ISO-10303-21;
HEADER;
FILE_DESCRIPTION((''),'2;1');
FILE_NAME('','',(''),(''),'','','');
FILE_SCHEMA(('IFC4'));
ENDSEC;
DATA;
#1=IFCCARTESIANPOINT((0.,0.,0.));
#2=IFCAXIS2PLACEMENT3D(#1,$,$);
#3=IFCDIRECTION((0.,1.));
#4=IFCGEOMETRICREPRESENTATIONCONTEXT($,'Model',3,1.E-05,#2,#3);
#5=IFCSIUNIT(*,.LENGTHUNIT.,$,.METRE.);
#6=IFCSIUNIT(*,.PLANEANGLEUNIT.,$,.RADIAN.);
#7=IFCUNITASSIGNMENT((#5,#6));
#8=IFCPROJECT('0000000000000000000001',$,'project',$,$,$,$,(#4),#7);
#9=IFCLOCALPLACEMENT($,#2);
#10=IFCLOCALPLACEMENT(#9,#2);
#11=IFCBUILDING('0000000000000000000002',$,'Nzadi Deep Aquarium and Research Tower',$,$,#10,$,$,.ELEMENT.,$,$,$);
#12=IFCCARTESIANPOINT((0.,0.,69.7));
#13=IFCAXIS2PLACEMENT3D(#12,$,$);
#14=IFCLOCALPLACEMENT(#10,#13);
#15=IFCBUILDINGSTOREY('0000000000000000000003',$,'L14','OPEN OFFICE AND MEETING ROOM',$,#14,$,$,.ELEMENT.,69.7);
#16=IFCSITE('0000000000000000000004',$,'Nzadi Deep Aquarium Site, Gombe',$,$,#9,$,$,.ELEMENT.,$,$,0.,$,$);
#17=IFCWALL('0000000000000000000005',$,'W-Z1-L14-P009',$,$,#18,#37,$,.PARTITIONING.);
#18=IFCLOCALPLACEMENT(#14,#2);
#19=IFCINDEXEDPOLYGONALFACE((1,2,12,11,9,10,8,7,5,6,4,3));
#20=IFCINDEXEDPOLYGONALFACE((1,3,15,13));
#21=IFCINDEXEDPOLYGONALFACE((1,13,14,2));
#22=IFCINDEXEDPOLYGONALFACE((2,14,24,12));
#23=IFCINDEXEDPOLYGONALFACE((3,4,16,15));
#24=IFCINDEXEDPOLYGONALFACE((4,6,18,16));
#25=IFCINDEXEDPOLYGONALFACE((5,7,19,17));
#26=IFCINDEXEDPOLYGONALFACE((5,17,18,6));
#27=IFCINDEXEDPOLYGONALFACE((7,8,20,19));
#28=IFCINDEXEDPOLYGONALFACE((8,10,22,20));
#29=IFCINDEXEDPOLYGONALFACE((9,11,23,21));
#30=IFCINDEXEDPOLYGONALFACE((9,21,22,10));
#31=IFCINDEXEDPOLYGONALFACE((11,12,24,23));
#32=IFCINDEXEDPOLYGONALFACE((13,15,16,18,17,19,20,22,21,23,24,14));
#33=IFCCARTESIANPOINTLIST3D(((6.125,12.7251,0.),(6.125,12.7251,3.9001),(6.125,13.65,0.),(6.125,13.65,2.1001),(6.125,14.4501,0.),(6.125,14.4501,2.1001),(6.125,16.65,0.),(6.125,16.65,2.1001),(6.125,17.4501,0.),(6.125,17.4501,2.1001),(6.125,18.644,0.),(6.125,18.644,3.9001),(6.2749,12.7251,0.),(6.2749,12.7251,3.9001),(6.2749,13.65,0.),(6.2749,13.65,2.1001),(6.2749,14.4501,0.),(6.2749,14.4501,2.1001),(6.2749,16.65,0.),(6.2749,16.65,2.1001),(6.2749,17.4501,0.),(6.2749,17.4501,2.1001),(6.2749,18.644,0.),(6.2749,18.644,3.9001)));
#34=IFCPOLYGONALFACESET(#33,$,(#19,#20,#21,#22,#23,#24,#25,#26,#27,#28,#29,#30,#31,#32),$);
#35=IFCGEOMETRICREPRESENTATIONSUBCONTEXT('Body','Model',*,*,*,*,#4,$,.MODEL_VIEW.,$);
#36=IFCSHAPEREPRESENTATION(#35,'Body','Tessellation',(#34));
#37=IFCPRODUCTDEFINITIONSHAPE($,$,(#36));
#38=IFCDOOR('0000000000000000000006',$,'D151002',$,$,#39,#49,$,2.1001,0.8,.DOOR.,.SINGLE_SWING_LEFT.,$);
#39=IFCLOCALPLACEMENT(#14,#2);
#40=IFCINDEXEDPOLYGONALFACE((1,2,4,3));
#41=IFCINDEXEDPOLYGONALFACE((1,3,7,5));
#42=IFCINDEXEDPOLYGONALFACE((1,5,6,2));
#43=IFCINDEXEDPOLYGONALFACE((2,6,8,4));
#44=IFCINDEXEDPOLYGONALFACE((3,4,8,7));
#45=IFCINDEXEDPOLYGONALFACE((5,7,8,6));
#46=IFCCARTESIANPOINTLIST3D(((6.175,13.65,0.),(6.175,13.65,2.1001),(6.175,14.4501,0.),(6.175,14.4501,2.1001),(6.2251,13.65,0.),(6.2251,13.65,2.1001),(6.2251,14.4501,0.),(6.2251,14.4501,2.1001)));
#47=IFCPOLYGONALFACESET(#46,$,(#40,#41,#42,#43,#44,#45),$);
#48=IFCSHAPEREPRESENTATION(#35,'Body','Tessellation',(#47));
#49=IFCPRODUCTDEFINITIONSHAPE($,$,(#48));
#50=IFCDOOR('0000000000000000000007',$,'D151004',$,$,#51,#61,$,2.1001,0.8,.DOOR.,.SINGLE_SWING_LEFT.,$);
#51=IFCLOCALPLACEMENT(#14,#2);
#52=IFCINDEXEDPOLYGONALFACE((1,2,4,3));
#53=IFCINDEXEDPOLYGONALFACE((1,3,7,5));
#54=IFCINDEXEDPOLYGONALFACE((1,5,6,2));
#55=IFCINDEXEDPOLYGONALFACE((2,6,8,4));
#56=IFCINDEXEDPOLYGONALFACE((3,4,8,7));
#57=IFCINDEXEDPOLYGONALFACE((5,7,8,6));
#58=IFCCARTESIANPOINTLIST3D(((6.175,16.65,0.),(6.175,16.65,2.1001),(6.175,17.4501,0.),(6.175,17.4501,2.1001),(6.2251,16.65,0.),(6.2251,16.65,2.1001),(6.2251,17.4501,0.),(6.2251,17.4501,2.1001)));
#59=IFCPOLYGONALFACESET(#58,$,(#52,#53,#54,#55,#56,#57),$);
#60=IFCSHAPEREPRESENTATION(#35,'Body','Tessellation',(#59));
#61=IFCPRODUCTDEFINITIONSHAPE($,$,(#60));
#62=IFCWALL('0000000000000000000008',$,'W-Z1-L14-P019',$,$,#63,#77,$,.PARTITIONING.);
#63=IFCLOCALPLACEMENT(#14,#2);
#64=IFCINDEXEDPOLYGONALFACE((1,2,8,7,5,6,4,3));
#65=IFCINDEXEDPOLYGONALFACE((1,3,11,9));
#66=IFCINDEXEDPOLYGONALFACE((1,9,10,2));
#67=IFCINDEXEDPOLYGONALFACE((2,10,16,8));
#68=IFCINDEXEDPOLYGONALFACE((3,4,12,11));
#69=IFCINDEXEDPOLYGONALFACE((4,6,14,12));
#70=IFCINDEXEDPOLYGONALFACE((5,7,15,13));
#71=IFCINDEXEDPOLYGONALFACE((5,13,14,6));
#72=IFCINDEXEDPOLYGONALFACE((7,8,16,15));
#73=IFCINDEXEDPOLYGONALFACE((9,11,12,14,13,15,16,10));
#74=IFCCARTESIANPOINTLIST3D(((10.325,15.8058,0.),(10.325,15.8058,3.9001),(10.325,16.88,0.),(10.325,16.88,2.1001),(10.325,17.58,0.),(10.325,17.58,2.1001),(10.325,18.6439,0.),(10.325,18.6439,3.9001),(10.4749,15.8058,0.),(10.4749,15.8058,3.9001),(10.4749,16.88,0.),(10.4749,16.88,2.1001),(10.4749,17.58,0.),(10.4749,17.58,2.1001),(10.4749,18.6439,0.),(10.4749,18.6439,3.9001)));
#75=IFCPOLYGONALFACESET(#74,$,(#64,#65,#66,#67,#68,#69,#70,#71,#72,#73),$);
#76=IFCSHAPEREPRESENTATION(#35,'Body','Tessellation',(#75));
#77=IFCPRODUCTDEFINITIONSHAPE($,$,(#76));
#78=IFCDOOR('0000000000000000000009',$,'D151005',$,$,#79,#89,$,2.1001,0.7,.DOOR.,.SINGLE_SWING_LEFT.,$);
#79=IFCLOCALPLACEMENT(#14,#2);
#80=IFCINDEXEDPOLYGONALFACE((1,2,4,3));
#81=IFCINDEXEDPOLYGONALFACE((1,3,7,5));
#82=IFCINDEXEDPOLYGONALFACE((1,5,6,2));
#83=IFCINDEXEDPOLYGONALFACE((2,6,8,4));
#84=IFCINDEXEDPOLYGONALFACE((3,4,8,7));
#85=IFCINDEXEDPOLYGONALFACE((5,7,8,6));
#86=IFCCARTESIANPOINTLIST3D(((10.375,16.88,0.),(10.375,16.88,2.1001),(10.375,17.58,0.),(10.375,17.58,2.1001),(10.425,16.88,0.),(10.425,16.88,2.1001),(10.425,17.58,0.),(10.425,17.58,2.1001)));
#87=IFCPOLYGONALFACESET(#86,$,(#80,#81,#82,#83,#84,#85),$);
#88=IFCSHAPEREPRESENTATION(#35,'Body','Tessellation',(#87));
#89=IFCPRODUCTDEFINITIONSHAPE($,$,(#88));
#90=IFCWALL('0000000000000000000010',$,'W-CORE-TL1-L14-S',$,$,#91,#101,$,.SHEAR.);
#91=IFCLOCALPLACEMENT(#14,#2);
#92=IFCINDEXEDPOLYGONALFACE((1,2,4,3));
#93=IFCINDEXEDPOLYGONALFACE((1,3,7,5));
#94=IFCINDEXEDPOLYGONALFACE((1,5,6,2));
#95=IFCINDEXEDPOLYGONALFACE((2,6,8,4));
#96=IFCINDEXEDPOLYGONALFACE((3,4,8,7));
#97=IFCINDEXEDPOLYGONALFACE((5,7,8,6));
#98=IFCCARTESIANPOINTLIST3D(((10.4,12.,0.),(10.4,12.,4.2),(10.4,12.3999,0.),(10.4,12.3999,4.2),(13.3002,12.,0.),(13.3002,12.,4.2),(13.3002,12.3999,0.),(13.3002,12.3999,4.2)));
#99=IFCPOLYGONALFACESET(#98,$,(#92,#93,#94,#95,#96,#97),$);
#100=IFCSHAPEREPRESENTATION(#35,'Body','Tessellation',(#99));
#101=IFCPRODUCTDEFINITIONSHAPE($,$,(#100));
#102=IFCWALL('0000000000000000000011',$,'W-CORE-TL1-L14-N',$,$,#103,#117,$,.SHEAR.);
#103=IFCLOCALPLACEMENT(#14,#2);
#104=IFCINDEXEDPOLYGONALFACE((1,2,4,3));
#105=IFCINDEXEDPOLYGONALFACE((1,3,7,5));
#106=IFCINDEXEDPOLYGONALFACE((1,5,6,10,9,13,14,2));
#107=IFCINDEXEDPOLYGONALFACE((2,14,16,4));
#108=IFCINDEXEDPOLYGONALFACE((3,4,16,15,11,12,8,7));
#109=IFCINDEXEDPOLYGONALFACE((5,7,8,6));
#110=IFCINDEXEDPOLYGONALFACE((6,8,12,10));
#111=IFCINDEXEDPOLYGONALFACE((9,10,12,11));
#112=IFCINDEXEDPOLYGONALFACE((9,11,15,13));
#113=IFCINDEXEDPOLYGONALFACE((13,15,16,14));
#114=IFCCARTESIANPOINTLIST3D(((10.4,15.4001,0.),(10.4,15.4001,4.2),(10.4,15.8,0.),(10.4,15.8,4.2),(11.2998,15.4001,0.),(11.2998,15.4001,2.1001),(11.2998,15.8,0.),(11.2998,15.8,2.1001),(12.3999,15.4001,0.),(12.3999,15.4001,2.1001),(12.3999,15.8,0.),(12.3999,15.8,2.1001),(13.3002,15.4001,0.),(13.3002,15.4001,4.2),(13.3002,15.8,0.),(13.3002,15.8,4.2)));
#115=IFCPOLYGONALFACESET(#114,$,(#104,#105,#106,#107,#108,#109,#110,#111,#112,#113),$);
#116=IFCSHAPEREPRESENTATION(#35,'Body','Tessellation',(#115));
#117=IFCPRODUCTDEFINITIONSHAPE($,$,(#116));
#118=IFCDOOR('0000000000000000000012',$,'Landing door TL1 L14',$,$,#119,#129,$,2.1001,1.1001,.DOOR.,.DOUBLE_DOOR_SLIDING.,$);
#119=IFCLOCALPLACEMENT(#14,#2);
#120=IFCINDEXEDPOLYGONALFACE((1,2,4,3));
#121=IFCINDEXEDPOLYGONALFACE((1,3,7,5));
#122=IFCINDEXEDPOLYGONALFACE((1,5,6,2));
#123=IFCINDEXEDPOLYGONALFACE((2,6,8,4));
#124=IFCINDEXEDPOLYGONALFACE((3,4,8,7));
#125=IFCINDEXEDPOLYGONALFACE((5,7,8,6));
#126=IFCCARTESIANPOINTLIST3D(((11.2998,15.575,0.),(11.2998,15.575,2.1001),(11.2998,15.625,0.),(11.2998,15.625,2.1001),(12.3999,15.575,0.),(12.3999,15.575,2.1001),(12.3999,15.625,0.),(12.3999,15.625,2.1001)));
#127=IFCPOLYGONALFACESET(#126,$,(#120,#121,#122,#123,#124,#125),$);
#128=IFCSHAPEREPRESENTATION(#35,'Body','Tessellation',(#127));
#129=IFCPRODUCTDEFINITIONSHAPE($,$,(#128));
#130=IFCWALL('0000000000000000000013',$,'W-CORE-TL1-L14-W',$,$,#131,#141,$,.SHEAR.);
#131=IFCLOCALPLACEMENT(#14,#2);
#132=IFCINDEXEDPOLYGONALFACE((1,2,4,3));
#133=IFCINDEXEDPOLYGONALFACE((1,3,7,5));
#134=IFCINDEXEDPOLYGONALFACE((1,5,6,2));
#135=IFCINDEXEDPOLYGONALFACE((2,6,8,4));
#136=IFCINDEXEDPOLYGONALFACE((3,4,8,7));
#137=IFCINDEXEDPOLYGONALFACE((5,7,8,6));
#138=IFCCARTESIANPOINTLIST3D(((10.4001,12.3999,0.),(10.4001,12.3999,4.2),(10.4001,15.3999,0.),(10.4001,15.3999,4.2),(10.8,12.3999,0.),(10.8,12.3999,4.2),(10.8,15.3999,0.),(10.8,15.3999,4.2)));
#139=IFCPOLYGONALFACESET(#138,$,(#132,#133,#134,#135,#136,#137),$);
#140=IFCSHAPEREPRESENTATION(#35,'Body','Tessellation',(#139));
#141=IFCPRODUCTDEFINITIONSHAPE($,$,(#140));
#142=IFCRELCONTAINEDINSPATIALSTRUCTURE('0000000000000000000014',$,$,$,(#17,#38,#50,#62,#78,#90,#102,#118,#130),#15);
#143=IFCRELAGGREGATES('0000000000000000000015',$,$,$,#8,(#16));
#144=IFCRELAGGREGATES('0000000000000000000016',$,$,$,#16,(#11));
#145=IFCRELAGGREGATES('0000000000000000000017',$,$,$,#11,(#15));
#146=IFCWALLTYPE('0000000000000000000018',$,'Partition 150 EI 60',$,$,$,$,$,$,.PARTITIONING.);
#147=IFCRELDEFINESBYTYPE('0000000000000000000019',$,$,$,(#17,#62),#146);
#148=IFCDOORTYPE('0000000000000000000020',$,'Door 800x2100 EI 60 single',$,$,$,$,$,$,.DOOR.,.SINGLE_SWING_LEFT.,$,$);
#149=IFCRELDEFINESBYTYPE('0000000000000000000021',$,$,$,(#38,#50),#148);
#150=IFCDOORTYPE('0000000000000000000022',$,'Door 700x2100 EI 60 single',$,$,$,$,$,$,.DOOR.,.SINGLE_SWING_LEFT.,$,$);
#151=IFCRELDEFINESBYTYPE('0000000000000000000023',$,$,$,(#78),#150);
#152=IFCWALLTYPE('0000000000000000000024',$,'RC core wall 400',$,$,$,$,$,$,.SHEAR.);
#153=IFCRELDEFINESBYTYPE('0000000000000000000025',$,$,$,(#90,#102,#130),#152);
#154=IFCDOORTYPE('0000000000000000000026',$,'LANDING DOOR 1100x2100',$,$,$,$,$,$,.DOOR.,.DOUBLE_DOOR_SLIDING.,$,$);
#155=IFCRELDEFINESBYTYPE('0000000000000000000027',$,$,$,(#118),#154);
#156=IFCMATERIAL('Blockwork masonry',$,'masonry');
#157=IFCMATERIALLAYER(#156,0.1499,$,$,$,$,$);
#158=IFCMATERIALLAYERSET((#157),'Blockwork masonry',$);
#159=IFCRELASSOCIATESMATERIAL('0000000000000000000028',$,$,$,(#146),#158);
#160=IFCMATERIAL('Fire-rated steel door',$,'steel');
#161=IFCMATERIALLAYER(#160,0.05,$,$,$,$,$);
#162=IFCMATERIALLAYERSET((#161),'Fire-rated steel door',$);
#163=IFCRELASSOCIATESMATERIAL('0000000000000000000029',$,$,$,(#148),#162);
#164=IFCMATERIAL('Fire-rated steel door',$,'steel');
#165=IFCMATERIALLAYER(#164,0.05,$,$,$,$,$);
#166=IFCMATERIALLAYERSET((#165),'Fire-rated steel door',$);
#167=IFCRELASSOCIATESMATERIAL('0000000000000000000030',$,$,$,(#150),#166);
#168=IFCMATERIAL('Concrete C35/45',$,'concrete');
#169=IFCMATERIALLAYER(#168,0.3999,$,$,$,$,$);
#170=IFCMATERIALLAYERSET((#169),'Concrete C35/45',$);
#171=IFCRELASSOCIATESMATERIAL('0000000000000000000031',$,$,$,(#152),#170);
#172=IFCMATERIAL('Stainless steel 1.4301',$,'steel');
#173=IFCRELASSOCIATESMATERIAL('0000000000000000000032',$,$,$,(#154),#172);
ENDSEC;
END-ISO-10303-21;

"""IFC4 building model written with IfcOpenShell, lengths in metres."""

from ifc_helpers import new_model, si_unit, direction, frame, frame_2d, origin, place, context, subcontext, project, spatial, rectangle, extrude, material, layer, layer_set, type_object, element, fill, save


model = new_model("IFC4")

# Units and contexts
model_context = context("Model", 3, precision=1e-05, world=origin(), true_north=direction((0.0, 1.0)))
body_context = subcontext(model_context, "Body", "Model", "MODEL_VIEW")
ifc_project = project(units=[si_unit("LENGTHUNIT", "METRE"), si_unit("PLANEANGLEUNIT", "RADIAN")], contexts=[model_context])

# Site, building, storey
site_placement = place(None, origin())
site = spatial("IfcSite", under=ifc_project, at=site_placement, Name="Nzadi Deep Aquarium Site, Gombe", CompositionType="ELEMENT", RefElevation=0.0)
building_placement = place(site_placement, origin())
building = spatial("IfcBuilding", under=site, at=building_placement, Name="Nzadi Deep Aquarium and Research Tower", CompositionType="ELEMENT")
storey_placement = place(building_placement, frame((0.0, 0.0, 69.7)))
storey = spatial("IfcBuildingStorey", under=building, at=storey_placement, Name="L14", Description="OPEN OFFICE AND MEETING ROOM", CompositionType="ELEMENT", Elevation=69.7)

# Shared definitions
ifc_material_1 = material(Name="Blockwork masonry", Category="masonry")
ifc_layer_1 = layer(ifc_material_1, 0.1499)
ifc_layer_set_1 = layer_set([ifc_layer_1], Name="Blockwork masonry")
wall_type_1 = type_object("IfcWallType", Name="Partition 150 EI 60", PredefinedType="PARTITIONING", material=ifc_layer_set_1)

# Wall, openings, doors
wall_1_placement = place(storey_placement, frame((6.2, 12.7251, 0.0), z_axis=(0.0, 0.0, 1.0), x_axis=(0.0, 1.0, 0.0)))
wall_1 = element("IfcWall", 1, at=wall_1_placement, inside=storey, type_object=wall_type_1, Name="W-Z1-L14-P009", PredefinedType="PARTITIONING", context=body_context, shape_type="SweptSolid", body=[
    extrude(rectangle(XDim=5.9189, YDim=0.1499, at=frame_2d((2.9595, 0.0))), origin(), (0.0, 0.0, 1.0), 3.9001),
])
opening_1_placement = place(wall_1_placement, frame((0.925, 0.0, 0.0)))
opening_1 = element("IfcOpeningElement", 2, at=opening_1_placement, cuts=wall_1, PredefinedType="OPENING", context=body_context, shape_type="SweptSolid", body=[
    extrude(rectangle(XDim=0.8, YDim=2.1001, at=frame_2d((0.3999, 1.05))), frame((0.0, 0.085, 0.0), z_axis=(0.0, -1.0, 0.0), x_axis=(1.0, 0.0, 0.0)), (0.0, 0.0, 1.0), 0.1699),
])
opening_2_placement = place(wall_1_placement, frame((3.925, 0.0, 0.0)))
opening_2 = element("IfcOpeningElement", 3, at=opening_2_placement, cuts=wall_1, PredefinedType="OPENING", context=body_context, shape_type="SweptSolid", body=[
    extrude(rectangle(XDim=0.8, YDim=2.1001, at=frame_2d((0.3999, 1.05))), frame((0.0, 0.085, 0.0), z_axis=(0.0, -1.0, 0.0), x_axis=(1.0, 0.0, 0.0)), (0.0, 0.0, 1.0), 0.1699),
])
ifc_material_2 = material(Name="Fire-rated steel door", Category="steel")
ifc_layer_2 = layer(ifc_material_2, 0.05)
ifc_layer_set_2 = layer_set([ifc_layer_2], Name="Fire-rated steel door")
door_type_1 = type_object("IfcDoorType", Name="Door 800x2100 EI 60 single", OperationType="SINGLE_SWING_LEFT", PredefinedType="DOOR", material=ifc_layer_set_2)
door_1_placement = place(opening_1_placement, origin())
door_1 = element("IfcDoor", 4, at=door_1_placement, inside=storey, type_object=door_type_1, Name="D151002", OperationType="SINGLE_SWING_LEFT", OverallHeight=2.1001, OverallWidth=0.8, PredefinedType="DOOR", context=body_context, shape_type="SweptSolid", body=[
    extrude(rectangle(XDim=0.8, YDim=2.1001, at=frame_2d((0.3999, 1.05))), frame((0.0, 0.0249, 0.0), z_axis=(0.0, -1.0, 0.0), x_axis=(1.0, 0.0, 0.0)), (0.0, 0.0, 1.0), 0.05),
])
fill(opening_1, door_1)
door_2_placement = place(opening_2_placement, origin())
door_2 = element("IfcDoor", 5, at=door_2_placement, inside=storey, type_object=door_type_1, Name="D151004", OperationType="SINGLE_SWING_LEFT", OverallHeight=2.1001, OverallWidth=0.8, PredefinedType="DOOR", context=body_context, shape_type="SweptSolid", body=[
    extrude(rectangle(XDim=0.8, YDim=2.1001, at=frame_2d((0.3999, 1.05))), frame((0.0, 0.0249, 0.0), z_axis=(0.0, -1.0, 0.0), x_axis=(1.0, 0.0, 0.0)), (0.0, 0.0, 1.0), 0.05),
])
fill(opening_2, door_2)

# Wall, opening, door
wall_2_placement = place(storey_placement, frame((10.3999, 15.8059, 0.0), z_axis=(0.0, 0.0, 1.0), x_axis=(0.0, 1.0, 0.0)))
wall_2 = element("IfcWall", 6, at=wall_2_placement, inside=storey, type_object=wall_type_1, Name="W-Z1-L14-P019", PredefinedType="PARTITIONING", context=body_context, shape_type="SweptSolid", body=[
    extrude(rectangle(XDim=2.8381, YDim=0.1499, at=frame_2d((1.4189, 0.0))), origin(), (0.0, 0.0, 1.0), 3.9001),
])
opening_3_placement = place(wall_2_placement, frame((1.074, 0.0, 0.0)))
opening_3 = element("IfcOpeningElement", 7, at=opening_3_placement, cuts=wall_2, PredefinedType="OPENING", context=body_context, shape_type="SweptSolid", body=[
    extrude(rectangle(XDim=0.7, YDim=2.1001, at=frame_2d((0.3501, 1.05))), frame((0.0, 0.085, 0.0), z_axis=(0.0, -1.0, 0.0), x_axis=(1.0, 0.0, 0.0)), (0.0, 0.0, 1.0), 0.1699),
])
ifc_material_3 = material(Name="Fire-rated steel door", Category="steel")
ifc_layer_3 = layer(ifc_material_3, 0.05)
ifc_layer_set_3 = layer_set([ifc_layer_3], Name="Fire-rated steel door")
door_type_2 = type_object("IfcDoorType", Name="Door 700x2100 EI 60 single", OperationType="SINGLE_SWING_LEFT", PredefinedType="DOOR", material=ifc_layer_set_3)
door_3_placement = place(opening_3_placement, origin())
door_3 = element("IfcDoor", 8, at=door_3_placement, inside=storey, type_object=door_type_2, Name="D151005", OperationType="SINGLE_SWING_LEFT", OverallHeight=2.1001, OverallWidth=0.7, PredefinedType="DOOR", context=body_context, shape_type="SweptSolid", body=[
    extrude(rectangle(XDim=0.7, YDim=2.1001, at=frame_2d((0.3501, 1.05))), frame((0.0, 0.0249, 0.0), z_axis=(0.0, -1.0, 0.0), x_axis=(1.0, 0.0, 0.0)), (0.0, 0.0, 1.0), 0.05),
])
fill(opening_3, door_3)

# Wall
ifc_material_4 = material(Name="Concrete C35/45", Category="concrete")
ifc_layer_4 = layer(ifc_material_4, 0.3999)
ifc_layer_set_4 = layer_set([ifc_layer_4], Name="Concrete C35/45")
wall_type_2 = type_object("IfcWallType", Name="RC core wall 400", PredefinedType="SHEAR", material=ifc_layer_set_4)
wall_3_placement = place(storey_placement, frame((10.3999, 12.2, 0.0), z_axis=(0.0, 0.0, 1.0), x_axis=(1.0, 0.0, 0.0)))
element("IfcWall", 9, at=wall_3_placement, inside=storey, type_object=wall_type_2, Name="W-CORE-TL1-L14-S", PredefinedType="SHEAR", context=body_context, shape_type="SweptSolid", body=[
    extrude(rectangle(XDim=2.9001, YDim=0.3999, at=frame_2d((1.4502, 0.0))), origin(), (0.0, 0.0, 1.0), 4.2),
])

# Wall, opening, door
wall_4_placement = place(storey_placement, frame((10.3999, 15.6001, 0.0), z_axis=(0.0, 0.0, 1.0), x_axis=(1.0, 0.0, 0.0)))
wall_4 = element("IfcWall", 10, at=wall_4_placement, inside=storey, type_object=wall_type_2, Name="W-CORE-TL1-L14-N", PredefinedType="SHEAR", context=body_context, shape_type="SweptSolid", body=[
    extrude(rectangle(XDim=2.9001, YDim=0.3999, at=frame_2d((1.4502, 0.0))), origin(), (0.0, 0.0, 1.0), 4.2),
])
opening_4_placement = place(wall_4_placement, frame((0.8999, 0.0, 0.0)))
opening_4 = element("IfcOpeningElement", 11, at=opening_4_placement, cuts=wall_4, PredefinedType="OPENING", context=body_context, shape_type="SweptSolid", body=[
    extrude(rectangle(XDim=1.1001, YDim=2.1001, at=frame_2d((0.55, 1.05))), frame((0.0, 0.21, 0.0), z_axis=(0.0, -1.0, 0.0), x_axis=(1.0, 0.0, 0.0)), (0.0, 0.0, 1.0), 0.4199),
])
ifc_material_5 = material(Name="Stainless steel 1.4301", Category="steel")
door_type_3 = type_object("IfcDoorType", Name="LANDING DOOR 1100x2100", OperationType="DOUBLE_DOOR_SLIDING", PredefinedType="DOOR", material=ifc_material_5)
door_4_placement = place(opening_4_placement, origin())
door_4 = element("IfcDoor", 12, at=door_4_placement, inside=storey, type_object=door_type_3, Name="Landing door TL1 L14", OperationType="DOUBLE_DOOR_SLIDING", OverallHeight=2.1001, OverallWidth=1.1001, PredefinedType="DOOR", context=body_context, shape_type="SweptSolid", body=[
    extrude(rectangle(XDim=1.1001, YDim=2.1001, at=frame_2d((0.55, 1.05))), frame((0.0, 0.0249, 0.0), z_axis=(0.0, -1.0, 0.0), x_axis=(1.0, 0.0, 0.0)), (0.0, 0.0, 1.0), 0.05),
])
fill(opening_4, door_4)

# Wall
wall_5_placement = place(storey_placement, frame((10.6001, 12.3999, 0.0), z_axis=(0.0, 0.0, 1.0), x_axis=(0.0, 1.0, 0.0)))
element("IfcWall", 13, at=wall_5_placement, inside=storey, type_object=wall_type_2, Name="W-CORE-TL1-L14-W", PredefinedType="SHEAR", context=body_context, shape_type="SweptSolid", body=[
    extrude(rectangle(XDim=3.0, YDim=0.3999, at=frame_2d((1.5, 0.0))), origin(), (0.0, 0.0, 1.0), 4.2),
])

save(model, "model.ifc")
